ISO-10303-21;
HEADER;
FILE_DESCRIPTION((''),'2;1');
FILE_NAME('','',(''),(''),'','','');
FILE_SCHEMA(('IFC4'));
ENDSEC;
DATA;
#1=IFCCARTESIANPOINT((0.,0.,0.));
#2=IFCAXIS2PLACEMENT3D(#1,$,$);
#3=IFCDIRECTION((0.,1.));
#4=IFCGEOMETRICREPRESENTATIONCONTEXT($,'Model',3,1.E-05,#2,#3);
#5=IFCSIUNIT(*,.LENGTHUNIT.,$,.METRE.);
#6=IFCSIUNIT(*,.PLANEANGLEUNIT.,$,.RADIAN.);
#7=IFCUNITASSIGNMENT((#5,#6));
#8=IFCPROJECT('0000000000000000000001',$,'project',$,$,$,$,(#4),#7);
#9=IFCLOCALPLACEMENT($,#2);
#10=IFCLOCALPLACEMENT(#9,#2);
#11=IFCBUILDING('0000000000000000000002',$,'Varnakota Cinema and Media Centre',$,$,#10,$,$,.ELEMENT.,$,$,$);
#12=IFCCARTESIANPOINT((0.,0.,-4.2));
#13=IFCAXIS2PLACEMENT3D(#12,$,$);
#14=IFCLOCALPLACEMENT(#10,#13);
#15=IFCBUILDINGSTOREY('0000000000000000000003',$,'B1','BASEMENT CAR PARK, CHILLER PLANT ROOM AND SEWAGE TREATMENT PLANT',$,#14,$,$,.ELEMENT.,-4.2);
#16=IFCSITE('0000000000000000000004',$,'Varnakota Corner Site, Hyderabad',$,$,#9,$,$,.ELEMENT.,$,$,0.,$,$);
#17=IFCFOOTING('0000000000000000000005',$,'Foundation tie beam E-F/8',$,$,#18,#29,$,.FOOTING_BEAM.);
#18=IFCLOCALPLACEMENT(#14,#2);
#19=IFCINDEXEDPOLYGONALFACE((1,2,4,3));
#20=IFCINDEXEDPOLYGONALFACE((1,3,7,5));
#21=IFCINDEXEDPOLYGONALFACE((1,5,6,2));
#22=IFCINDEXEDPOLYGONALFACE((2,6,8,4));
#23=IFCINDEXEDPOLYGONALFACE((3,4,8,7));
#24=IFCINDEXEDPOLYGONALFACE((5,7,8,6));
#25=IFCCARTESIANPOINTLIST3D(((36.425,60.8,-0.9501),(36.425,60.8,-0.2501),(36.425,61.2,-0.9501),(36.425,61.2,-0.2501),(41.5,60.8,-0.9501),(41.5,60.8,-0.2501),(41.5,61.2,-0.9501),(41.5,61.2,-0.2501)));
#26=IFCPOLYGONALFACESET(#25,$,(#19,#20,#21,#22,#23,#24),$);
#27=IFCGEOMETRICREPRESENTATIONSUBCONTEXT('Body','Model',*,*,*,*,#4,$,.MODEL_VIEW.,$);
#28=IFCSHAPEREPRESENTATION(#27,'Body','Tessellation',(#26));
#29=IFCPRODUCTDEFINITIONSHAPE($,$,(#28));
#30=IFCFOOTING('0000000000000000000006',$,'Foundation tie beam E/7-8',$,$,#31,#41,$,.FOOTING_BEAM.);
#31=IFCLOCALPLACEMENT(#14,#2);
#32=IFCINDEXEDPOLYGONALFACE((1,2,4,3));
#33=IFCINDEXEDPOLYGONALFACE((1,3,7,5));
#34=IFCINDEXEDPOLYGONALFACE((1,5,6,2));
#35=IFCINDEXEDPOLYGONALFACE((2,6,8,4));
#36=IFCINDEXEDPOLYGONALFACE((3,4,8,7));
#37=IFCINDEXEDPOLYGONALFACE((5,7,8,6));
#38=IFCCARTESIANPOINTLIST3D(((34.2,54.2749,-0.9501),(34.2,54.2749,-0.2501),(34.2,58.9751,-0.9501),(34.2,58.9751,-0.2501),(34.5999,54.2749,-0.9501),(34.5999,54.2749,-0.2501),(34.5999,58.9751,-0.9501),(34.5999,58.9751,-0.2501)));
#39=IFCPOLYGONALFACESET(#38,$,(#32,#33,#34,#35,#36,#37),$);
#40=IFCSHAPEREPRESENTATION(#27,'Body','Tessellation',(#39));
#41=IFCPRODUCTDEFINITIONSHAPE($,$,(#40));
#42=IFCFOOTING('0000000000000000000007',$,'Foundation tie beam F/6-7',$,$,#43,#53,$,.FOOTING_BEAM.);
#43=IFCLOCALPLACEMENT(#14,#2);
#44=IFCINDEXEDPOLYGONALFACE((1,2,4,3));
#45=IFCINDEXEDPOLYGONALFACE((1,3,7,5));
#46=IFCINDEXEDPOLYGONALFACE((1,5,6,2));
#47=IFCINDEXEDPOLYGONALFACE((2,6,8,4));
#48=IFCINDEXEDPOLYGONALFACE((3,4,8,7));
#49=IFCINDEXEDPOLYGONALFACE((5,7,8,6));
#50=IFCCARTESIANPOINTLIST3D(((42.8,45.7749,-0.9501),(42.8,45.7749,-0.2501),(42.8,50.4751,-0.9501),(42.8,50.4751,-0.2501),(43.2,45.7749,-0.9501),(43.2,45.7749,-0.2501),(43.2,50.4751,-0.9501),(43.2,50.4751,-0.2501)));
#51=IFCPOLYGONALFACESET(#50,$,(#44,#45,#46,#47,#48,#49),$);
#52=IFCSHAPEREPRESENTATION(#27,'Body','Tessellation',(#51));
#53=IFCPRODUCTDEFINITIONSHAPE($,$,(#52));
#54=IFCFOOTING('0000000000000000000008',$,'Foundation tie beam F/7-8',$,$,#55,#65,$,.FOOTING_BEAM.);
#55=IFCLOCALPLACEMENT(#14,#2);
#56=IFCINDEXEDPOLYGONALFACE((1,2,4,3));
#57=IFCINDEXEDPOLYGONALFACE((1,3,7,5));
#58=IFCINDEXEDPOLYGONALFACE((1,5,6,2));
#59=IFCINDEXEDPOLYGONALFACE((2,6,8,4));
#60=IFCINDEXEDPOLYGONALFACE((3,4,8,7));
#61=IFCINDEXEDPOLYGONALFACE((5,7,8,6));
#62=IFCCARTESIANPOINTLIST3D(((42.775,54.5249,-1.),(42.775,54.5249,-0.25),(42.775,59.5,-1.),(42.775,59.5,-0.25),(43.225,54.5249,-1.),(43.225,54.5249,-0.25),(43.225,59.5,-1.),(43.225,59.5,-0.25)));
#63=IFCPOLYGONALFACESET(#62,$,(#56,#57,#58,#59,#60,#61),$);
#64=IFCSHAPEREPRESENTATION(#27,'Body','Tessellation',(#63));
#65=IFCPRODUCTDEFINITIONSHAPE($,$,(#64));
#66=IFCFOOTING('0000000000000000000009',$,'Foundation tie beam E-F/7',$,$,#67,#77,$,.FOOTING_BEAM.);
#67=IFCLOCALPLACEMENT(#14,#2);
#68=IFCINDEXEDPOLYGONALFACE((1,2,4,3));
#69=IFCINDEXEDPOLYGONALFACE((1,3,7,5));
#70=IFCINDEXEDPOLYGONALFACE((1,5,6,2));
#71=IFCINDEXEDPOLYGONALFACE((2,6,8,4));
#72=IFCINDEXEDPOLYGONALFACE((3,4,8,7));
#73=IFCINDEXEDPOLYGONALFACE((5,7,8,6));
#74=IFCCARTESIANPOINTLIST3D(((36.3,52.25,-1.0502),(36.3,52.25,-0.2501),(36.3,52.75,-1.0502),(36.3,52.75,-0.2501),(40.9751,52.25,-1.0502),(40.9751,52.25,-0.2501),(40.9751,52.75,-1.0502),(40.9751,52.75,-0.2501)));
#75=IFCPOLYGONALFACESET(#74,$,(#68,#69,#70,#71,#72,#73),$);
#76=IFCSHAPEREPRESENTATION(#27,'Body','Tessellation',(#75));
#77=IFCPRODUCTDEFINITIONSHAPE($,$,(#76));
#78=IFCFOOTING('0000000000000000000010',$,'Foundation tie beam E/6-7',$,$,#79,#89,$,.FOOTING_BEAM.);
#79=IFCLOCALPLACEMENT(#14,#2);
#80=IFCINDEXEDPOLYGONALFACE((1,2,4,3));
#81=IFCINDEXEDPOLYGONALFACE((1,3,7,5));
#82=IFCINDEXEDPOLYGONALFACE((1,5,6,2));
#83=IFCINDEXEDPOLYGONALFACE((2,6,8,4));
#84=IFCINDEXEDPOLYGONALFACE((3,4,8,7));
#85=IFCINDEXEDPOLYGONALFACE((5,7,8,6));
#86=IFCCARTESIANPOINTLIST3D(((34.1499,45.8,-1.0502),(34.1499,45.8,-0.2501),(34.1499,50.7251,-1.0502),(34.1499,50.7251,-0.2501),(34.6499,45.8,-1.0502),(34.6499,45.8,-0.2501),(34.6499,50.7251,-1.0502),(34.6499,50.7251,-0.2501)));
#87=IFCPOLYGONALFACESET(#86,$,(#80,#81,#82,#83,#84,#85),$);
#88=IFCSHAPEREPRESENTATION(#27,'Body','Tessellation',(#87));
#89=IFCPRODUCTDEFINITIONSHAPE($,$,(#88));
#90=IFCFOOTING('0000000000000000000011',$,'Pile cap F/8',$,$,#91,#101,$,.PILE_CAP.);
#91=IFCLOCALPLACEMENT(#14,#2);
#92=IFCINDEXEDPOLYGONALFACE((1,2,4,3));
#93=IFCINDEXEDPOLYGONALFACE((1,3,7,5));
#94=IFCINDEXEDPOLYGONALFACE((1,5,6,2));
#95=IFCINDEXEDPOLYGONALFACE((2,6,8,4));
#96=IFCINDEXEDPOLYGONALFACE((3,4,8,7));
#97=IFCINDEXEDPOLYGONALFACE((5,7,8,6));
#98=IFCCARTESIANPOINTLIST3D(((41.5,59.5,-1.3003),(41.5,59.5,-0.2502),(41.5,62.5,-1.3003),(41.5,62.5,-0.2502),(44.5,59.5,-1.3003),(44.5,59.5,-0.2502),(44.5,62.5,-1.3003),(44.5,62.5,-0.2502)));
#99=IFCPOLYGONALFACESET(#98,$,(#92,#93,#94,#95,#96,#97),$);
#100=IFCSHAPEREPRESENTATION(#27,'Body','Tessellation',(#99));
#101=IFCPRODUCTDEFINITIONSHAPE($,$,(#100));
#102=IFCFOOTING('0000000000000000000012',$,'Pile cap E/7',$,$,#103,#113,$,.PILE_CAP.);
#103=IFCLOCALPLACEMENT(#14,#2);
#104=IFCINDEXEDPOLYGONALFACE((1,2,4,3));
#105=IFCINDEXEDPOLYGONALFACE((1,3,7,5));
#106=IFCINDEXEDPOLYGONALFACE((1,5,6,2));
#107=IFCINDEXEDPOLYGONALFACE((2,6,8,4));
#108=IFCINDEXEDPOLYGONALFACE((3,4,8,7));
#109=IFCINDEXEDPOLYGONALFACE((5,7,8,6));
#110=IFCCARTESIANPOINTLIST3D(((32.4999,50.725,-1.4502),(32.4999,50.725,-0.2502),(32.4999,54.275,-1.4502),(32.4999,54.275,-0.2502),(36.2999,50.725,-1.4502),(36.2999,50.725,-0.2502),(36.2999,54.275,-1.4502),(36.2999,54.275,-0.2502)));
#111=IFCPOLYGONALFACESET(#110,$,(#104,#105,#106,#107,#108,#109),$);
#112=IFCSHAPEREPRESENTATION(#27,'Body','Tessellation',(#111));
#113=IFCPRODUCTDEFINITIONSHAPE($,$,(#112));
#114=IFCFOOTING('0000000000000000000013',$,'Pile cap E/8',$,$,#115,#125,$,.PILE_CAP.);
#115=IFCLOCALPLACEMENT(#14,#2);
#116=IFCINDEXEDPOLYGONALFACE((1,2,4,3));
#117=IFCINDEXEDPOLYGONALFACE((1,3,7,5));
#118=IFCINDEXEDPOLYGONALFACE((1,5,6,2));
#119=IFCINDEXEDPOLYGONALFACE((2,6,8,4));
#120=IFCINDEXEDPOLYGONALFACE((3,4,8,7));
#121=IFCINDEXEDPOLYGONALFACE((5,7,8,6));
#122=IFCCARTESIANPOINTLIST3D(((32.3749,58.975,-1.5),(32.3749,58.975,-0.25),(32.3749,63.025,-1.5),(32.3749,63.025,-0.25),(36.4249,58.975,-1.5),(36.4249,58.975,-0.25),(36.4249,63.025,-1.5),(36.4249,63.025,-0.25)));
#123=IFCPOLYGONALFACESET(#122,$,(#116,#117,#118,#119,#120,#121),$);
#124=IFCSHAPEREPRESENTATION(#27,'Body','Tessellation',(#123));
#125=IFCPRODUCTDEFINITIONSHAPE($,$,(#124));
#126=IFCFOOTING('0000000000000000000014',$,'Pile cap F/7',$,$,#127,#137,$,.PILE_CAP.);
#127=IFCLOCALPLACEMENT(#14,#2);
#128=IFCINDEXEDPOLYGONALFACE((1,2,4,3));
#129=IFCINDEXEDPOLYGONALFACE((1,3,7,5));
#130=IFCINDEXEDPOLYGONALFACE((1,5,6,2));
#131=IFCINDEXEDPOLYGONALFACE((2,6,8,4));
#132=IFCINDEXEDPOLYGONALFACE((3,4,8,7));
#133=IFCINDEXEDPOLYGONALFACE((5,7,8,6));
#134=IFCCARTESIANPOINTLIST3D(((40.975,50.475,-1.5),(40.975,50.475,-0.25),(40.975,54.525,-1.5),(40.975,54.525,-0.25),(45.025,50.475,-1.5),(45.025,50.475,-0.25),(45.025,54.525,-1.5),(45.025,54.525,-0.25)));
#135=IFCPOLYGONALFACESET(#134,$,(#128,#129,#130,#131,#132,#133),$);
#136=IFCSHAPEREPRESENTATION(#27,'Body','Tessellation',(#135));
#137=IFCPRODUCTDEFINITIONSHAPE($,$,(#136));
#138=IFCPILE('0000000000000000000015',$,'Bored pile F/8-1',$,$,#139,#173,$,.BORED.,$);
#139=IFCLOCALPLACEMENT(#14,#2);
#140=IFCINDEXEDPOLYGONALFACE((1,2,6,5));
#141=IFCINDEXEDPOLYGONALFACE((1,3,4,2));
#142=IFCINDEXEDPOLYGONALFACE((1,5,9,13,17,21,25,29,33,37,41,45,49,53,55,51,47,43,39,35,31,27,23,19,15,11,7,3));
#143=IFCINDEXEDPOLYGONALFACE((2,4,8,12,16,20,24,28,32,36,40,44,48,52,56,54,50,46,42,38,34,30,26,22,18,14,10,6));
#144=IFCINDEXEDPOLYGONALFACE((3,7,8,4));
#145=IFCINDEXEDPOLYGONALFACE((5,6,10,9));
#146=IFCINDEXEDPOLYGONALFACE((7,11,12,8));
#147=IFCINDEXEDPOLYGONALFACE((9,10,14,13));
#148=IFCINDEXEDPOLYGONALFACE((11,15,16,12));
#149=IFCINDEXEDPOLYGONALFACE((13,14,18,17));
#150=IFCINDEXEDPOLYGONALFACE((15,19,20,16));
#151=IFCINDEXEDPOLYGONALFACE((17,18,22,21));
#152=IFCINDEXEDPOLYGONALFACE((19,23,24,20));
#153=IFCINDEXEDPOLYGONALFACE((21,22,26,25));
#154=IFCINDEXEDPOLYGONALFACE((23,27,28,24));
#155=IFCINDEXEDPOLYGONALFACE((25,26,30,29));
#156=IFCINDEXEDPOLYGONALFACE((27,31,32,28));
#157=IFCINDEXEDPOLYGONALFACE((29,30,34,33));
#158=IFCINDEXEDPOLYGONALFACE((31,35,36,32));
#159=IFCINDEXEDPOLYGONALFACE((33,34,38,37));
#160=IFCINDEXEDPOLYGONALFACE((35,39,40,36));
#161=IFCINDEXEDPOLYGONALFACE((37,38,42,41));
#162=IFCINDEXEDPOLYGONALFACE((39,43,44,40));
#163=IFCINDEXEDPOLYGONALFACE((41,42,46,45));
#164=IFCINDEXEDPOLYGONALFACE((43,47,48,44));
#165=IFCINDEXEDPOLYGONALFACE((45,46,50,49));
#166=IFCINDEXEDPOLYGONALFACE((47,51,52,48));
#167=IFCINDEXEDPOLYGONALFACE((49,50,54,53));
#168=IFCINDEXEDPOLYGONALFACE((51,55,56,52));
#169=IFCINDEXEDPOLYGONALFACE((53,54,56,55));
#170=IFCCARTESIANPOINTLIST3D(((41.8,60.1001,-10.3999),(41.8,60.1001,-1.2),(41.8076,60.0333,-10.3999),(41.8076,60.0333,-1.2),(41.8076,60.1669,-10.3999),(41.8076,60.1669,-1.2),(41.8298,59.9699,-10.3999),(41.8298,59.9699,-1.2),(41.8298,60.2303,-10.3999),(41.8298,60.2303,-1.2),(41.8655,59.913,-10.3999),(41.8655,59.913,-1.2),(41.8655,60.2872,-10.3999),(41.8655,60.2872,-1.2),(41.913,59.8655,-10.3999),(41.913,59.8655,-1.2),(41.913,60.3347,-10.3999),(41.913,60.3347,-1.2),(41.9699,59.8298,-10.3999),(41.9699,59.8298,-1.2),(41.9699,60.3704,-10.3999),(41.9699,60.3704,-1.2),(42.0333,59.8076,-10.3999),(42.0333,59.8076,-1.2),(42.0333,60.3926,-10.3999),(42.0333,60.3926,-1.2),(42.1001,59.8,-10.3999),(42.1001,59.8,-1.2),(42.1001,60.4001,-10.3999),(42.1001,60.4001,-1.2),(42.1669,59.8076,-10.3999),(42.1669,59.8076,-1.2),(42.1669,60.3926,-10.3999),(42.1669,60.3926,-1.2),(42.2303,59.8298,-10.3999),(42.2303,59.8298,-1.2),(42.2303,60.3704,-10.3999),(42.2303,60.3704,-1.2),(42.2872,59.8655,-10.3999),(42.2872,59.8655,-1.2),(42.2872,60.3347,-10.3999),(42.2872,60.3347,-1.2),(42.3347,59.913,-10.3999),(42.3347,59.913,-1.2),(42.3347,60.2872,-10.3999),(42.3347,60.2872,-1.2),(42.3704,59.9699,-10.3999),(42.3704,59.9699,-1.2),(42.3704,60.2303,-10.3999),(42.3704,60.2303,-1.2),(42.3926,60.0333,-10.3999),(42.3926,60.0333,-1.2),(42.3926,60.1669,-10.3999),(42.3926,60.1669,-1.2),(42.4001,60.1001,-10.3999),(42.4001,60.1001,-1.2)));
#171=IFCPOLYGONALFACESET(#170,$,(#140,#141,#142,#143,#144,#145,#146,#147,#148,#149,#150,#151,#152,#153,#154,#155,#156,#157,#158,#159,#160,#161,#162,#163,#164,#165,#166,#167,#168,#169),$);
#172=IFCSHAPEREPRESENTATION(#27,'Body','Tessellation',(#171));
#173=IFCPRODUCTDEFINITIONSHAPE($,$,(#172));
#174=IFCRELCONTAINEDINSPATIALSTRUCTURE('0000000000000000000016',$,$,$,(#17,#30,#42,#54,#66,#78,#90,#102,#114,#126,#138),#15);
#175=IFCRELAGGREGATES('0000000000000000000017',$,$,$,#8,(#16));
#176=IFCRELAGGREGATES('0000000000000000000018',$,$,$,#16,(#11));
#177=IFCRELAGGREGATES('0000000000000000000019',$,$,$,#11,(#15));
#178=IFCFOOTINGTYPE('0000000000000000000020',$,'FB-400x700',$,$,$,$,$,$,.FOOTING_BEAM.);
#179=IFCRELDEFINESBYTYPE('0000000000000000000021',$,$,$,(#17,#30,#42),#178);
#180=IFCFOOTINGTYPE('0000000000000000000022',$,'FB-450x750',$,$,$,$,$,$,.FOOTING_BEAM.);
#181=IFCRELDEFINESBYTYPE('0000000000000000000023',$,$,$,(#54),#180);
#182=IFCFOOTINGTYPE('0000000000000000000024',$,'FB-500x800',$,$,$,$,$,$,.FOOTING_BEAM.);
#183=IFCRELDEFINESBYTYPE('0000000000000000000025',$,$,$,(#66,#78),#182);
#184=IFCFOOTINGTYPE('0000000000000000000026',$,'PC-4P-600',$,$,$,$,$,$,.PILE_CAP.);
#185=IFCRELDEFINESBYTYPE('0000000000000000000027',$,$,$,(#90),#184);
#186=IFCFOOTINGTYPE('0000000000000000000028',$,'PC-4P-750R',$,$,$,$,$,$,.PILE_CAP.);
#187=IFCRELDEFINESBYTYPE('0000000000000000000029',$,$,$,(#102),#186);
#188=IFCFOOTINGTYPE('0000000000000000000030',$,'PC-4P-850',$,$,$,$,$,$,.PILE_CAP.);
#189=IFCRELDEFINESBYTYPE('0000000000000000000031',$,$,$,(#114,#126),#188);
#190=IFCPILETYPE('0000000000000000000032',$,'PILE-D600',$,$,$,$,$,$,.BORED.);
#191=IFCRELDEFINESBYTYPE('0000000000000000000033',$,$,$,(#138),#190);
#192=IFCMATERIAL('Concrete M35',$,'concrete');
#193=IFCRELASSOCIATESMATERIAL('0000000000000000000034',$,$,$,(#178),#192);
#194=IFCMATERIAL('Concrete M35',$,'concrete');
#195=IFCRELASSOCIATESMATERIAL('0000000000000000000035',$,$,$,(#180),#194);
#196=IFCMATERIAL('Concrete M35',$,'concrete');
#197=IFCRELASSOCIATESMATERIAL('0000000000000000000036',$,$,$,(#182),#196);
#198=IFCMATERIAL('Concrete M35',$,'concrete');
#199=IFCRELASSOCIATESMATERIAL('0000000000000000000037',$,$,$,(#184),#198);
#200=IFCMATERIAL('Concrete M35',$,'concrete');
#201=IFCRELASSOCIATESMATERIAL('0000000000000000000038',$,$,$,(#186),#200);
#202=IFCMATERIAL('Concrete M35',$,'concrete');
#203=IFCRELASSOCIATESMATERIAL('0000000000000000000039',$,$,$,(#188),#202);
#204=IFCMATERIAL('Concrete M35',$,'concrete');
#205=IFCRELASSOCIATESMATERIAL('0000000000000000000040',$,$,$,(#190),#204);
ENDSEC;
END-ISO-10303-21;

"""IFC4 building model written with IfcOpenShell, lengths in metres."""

from ifc_helpers import new_model, si_unit, direction, frame, origin, origin_2d, place, context, subcontext, project, spatial, rectangle, circle, extrude, material, material_profile, profile_set, type_object, element, save


model = new_model("IFC4")

# Units and contexts
model_context = context("Model", 3, precision=1e-05, world=origin(), true_north=direction((0.0, 1.0)))
body_context = subcontext(model_context, "Body", "Model", "MODEL_VIEW")
ifc_project = project(units=[si_unit("LENGTHUNIT", "METRE"), si_unit("PLANEANGLEUNIT", "RADIAN")], contexts=[model_context])

# Site, building, storey
site_placement = place(None, origin())
site = spatial("IfcSite", under=ifc_project, at=site_placement, Name="Varnakota Corner Site, Hyderabad", CompositionType="ELEMENT", RefElevation=0.0)
building_placement = place(site_placement, origin())
building = spatial("IfcBuilding", under=site, at=building_placement, Name="Varnakota Cinema and Media Centre", CompositionType="ELEMENT")
storey_placement = place(building_placement, frame((0.0, 0.0, -4.2)))
storey = spatial("IfcBuildingStorey", under=building, at=storey_placement, Name="B1", Description="BASEMENT CAR PARK, CHILLER PLANT ROOM AND SEWAGE TREATMENT PLANT", CompositionType="ELEMENT", Elevation=-4.2)

# Footings
ifc_material_1 = material(Name="Concrete M35", Category="concrete")
ifc_material_profile_1 = material_profile(ifc_material_1, rectangle(XDim=0.3999, YDim=0.7, at=origin_2d()), Name="FB 400x700")
ifc_profile_set_1 = profile_set([ifc_material_profile_1], Name="Concrete M35")
footing_type_1 = type_object("IfcFootingType", Name="FB-400x700", PredefinedType="FOOTING_BEAM", material=ifc_profile_set_1)
footing_1_placement = place(storey_placement, frame((36.425, 61.0, -0.6001), z_axis=(1.0, 0.0, 0.0), x_axis=(0.0, 1.0, 0.0)))
element("IfcFooting", 1, at=footing_1_placement, inside=storey, type_object=footing_type_1, Name="Foundation tie beam E-F/8", PredefinedType="FOOTING_BEAM", context=body_context, shape_type="SweptSolid", body=[
    extrude(rectangle(XDim=0.3999, YDim=0.7, at=origin_2d()), origin(), (0.0, 0.0, 1.0), 5.075),
])
for number, where, z_axis, x_axis, name in (
    (2, (34.3999, 54.2749, -0.6001), (0.0, 1.0, 0.0), (-1.0, 0.0, 0.0), "Foundation tie beam E/7-8"),
    (3, (43.0, 45.7749, -0.6001), (0.0, 1.0, 0.0), (-1.0, 0.0, 0.0), "Foundation tie beam F/6-7"),
):
    element("IfcFooting", number, at=place(storey_placement, frame(where, z_axis=z_axis, x_axis=x_axis)), inside=storey, type_object=footing_type_1, Name=name, PredefinedType="FOOTING_BEAM", context=body_context, shape_type="SweptSolid", body=[
        extrude(rectangle(XDim=0.3999, YDim=0.7, at=origin_2d()), origin(), (0.0, 0.0, 1.0), 4.7002),
    ])
ifc_material_2 = material(Name="Concrete M35", Category="concrete")
ifc_material_profile_2 = material_profile(ifc_material_2, rectangle(XDim=0.45, YDim=0.75, at=origin_2d()), Name="FB 450x750")
ifc_profile_set_2 = profile_set([ifc_material_profile_2], Name="Concrete M35")
footing_type_2 = type_object("IfcFootingType", Name="FB-450x750", PredefinedType="FOOTING_BEAM", material=ifc_profile_set_2)
footing_2_placement = place(storey_placement, frame((43.0, 54.5249, -0.625), z_axis=(0.0, 1.0, 0.0), x_axis=(-1.0, 0.0, 0.0)))
element("IfcFooting", 4, at=footing_2_placement, inside=storey, type_object=footing_type_2, Name="Foundation tie beam F/7-8", PredefinedType="FOOTING_BEAM", context=body_context, shape_type="SweptSolid", body=[
    extrude(rectangle(XDim=0.45, YDim=0.75, at=origin_2d()), origin(), (0.0, 0.0, 1.0), 4.9751),
])
ifc_material_3 = material(Name="Concrete M35", Category="concrete")
ifc_material_profile_3 = material_profile(ifc_material_3, rectangle(XDim=0.5, YDim=0.8, at=origin_2d()), Name="FB 500x800")
ifc_profile_set_3 = profile_set([ifc_material_profile_3], Name="Concrete M35")
footing_type_3 = type_object("IfcFootingType", Name="FB-500x800", PredefinedType="FOOTING_BEAM", material=ifc_profile_set_3)
footing_3_placement = place(storey_placement, frame((36.3, 52.5, -0.6501), z_axis=(1.0, 0.0, 0.0), x_axis=(0.0, 1.0, 0.0)))
element("IfcFooting", 5, at=footing_3_placement, inside=storey, type_object=footing_type_3, Name="Foundation tie beam E-F/7", PredefinedType="FOOTING_BEAM", context=body_context, shape_type="SweptSolid", body=[
    extrude(rectangle(XDim=0.5, YDim=0.8, at=origin_2d()), origin(), (0.0, 0.0, 1.0), 4.675),
])
footing_4_placement = place(storey_placement, frame((34.3999, 45.8, -0.6501), z_axis=(0.0, 1.0, 0.0), x_axis=(-1.0, 0.0, 0.0)))
element("IfcFooting", 6, at=footing_4_placement, inside=storey, type_object=footing_type_3, Name="Foundation tie beam E/6-7", PredefinedType="FOOTING_BEAM", context=body_context, shape_type="SweptSolid", body=[
    extrude(rectangle(XDim=0.5, YDim=0.8, at=origin_2d()), origin(), (0.0, 0.0, 1.0), 4.925),
])
ifc_material_4 = material(Name="Concrete M35", Category="concrete")
footing_type_4 = type_object("IfcFootingType", Name="PC-4P-600", PredefinedType="PILE_CAP", material=ifc_material_4)
footing_5_placement = place(storey_placement, frame((43.0, 61.0, -1.3003), z_axis=(0.0, 0.0, 1.0), x_axis=(1.0, 0.0, 0.0)))
element("IfcFooting", 7, at=footing_5_placement, inside=storey, type_object=footing_type_4, Name="Pile cap F/8", PredefinedType="PILE_CAP", context=body_context, shape_type="SweptSolid", body=[
    extrude(rectangle(XDim=3.0, YDim=3.0, at=origin_2d()), origin(), (0.0, 0.0, 1.0), 1.05),
])
ifc_material_5 = material(Name="Concrete M35", Category="concrete")
footing_type_5 = type_object("IfcFootingType", Name="PC-4P-750R", PredefinedType="PILE_CAP", material=ifc_material_5)
footing_6_placement = place(storey_placement, frame((34.3999, 52.5, -1.4502), z_axis=(0.0, 0.0, 1.0), x_axis=(1.0, 0.0, 0.0)))
element("IfcFooting", 8, at=footing_6_placement, inside=storey, type_object=footing_type_5, Name="Pile cap E/7", PredefinedType="PILE_CAP", context=body_context, shape_type="SweptSolid", body=[
    extrude(rectangle(XDim=3.8, YDim=3.55, at=origin_2d()), origin(), (0.0, 0.0, 1.0), 1.2),
])
ifc_material_6 = material(Name="Concrete M35", Category="concrete")
footing_type_6 = type_object("IfcFootingType", Name="PC-4P-850", PredefinedType="PILE_CAP", material=ifc_material_6)
for number, where, z_axis, x_axis, name in (
    (9, (34.3999, 61.0, -1.5), (0.0, 0.0, 1.0), (1.0, 0.0, 0.0), "Pile cap E/8"),
    (10, (43.0, 52.5, -1.5), (0.0, 0.0, 1.0), (1.0, 0.0, 0.0), "Pile cap F/7"),
):
    element("IfcFooting", number, at=place(storey_placement, frame(where, z_axis=z_axis, x_axis=x_axis)), inside=storey, type_object=footing_type_6, Name=name, PredefinedType="PILE_CAP", context=body_context, shape_type="SweptSolid", body=[
        extrude(rectangle(XDim=4.05, YDim=4.05, at=origin_2d()), origin(), (0.0, 0.0, 1.0), 1.25),
    ])

# Pile
ifc_material_7 = material(Name="Concrete M35", Category="concrete")
ifc_material_profile_4 = material_profile(ifc_material_7, circle(Radius=0.3, at=origin_2d()), Name="PILE D600")
ifc_profile_set_4 = profile_set([ifc_material_profile_4], Name="Concrete M35")
pile_type_1 = type_object("IfcPileType", Name="PILE-D600", PredefinedType="BORED", material=ifc_profile_set_4)
for number, where, z_axis, x_axis, name in (
    (11, (42.1001, 60.1001, -1.2), (0.0, 0.0, -1.0), (1.0, 0.0, 0.0), "Bored pile F/8-1"),
):
    element("IfcPile", number, at=place(storey_placement, frame(where, z_axis=z_axis, x_axis=x_axis)), inside=storey, type_object=pile_type_1, Name=name, PredefinedType="BORED", context=body_context, shape_type="SweptSolid", body=[
        extrude(circle(Radius=0.3, at=origin_2d()), origin(), (0.0, 0.0, 1.0), 9.2),
    ])

save(model, "model.ifc")
